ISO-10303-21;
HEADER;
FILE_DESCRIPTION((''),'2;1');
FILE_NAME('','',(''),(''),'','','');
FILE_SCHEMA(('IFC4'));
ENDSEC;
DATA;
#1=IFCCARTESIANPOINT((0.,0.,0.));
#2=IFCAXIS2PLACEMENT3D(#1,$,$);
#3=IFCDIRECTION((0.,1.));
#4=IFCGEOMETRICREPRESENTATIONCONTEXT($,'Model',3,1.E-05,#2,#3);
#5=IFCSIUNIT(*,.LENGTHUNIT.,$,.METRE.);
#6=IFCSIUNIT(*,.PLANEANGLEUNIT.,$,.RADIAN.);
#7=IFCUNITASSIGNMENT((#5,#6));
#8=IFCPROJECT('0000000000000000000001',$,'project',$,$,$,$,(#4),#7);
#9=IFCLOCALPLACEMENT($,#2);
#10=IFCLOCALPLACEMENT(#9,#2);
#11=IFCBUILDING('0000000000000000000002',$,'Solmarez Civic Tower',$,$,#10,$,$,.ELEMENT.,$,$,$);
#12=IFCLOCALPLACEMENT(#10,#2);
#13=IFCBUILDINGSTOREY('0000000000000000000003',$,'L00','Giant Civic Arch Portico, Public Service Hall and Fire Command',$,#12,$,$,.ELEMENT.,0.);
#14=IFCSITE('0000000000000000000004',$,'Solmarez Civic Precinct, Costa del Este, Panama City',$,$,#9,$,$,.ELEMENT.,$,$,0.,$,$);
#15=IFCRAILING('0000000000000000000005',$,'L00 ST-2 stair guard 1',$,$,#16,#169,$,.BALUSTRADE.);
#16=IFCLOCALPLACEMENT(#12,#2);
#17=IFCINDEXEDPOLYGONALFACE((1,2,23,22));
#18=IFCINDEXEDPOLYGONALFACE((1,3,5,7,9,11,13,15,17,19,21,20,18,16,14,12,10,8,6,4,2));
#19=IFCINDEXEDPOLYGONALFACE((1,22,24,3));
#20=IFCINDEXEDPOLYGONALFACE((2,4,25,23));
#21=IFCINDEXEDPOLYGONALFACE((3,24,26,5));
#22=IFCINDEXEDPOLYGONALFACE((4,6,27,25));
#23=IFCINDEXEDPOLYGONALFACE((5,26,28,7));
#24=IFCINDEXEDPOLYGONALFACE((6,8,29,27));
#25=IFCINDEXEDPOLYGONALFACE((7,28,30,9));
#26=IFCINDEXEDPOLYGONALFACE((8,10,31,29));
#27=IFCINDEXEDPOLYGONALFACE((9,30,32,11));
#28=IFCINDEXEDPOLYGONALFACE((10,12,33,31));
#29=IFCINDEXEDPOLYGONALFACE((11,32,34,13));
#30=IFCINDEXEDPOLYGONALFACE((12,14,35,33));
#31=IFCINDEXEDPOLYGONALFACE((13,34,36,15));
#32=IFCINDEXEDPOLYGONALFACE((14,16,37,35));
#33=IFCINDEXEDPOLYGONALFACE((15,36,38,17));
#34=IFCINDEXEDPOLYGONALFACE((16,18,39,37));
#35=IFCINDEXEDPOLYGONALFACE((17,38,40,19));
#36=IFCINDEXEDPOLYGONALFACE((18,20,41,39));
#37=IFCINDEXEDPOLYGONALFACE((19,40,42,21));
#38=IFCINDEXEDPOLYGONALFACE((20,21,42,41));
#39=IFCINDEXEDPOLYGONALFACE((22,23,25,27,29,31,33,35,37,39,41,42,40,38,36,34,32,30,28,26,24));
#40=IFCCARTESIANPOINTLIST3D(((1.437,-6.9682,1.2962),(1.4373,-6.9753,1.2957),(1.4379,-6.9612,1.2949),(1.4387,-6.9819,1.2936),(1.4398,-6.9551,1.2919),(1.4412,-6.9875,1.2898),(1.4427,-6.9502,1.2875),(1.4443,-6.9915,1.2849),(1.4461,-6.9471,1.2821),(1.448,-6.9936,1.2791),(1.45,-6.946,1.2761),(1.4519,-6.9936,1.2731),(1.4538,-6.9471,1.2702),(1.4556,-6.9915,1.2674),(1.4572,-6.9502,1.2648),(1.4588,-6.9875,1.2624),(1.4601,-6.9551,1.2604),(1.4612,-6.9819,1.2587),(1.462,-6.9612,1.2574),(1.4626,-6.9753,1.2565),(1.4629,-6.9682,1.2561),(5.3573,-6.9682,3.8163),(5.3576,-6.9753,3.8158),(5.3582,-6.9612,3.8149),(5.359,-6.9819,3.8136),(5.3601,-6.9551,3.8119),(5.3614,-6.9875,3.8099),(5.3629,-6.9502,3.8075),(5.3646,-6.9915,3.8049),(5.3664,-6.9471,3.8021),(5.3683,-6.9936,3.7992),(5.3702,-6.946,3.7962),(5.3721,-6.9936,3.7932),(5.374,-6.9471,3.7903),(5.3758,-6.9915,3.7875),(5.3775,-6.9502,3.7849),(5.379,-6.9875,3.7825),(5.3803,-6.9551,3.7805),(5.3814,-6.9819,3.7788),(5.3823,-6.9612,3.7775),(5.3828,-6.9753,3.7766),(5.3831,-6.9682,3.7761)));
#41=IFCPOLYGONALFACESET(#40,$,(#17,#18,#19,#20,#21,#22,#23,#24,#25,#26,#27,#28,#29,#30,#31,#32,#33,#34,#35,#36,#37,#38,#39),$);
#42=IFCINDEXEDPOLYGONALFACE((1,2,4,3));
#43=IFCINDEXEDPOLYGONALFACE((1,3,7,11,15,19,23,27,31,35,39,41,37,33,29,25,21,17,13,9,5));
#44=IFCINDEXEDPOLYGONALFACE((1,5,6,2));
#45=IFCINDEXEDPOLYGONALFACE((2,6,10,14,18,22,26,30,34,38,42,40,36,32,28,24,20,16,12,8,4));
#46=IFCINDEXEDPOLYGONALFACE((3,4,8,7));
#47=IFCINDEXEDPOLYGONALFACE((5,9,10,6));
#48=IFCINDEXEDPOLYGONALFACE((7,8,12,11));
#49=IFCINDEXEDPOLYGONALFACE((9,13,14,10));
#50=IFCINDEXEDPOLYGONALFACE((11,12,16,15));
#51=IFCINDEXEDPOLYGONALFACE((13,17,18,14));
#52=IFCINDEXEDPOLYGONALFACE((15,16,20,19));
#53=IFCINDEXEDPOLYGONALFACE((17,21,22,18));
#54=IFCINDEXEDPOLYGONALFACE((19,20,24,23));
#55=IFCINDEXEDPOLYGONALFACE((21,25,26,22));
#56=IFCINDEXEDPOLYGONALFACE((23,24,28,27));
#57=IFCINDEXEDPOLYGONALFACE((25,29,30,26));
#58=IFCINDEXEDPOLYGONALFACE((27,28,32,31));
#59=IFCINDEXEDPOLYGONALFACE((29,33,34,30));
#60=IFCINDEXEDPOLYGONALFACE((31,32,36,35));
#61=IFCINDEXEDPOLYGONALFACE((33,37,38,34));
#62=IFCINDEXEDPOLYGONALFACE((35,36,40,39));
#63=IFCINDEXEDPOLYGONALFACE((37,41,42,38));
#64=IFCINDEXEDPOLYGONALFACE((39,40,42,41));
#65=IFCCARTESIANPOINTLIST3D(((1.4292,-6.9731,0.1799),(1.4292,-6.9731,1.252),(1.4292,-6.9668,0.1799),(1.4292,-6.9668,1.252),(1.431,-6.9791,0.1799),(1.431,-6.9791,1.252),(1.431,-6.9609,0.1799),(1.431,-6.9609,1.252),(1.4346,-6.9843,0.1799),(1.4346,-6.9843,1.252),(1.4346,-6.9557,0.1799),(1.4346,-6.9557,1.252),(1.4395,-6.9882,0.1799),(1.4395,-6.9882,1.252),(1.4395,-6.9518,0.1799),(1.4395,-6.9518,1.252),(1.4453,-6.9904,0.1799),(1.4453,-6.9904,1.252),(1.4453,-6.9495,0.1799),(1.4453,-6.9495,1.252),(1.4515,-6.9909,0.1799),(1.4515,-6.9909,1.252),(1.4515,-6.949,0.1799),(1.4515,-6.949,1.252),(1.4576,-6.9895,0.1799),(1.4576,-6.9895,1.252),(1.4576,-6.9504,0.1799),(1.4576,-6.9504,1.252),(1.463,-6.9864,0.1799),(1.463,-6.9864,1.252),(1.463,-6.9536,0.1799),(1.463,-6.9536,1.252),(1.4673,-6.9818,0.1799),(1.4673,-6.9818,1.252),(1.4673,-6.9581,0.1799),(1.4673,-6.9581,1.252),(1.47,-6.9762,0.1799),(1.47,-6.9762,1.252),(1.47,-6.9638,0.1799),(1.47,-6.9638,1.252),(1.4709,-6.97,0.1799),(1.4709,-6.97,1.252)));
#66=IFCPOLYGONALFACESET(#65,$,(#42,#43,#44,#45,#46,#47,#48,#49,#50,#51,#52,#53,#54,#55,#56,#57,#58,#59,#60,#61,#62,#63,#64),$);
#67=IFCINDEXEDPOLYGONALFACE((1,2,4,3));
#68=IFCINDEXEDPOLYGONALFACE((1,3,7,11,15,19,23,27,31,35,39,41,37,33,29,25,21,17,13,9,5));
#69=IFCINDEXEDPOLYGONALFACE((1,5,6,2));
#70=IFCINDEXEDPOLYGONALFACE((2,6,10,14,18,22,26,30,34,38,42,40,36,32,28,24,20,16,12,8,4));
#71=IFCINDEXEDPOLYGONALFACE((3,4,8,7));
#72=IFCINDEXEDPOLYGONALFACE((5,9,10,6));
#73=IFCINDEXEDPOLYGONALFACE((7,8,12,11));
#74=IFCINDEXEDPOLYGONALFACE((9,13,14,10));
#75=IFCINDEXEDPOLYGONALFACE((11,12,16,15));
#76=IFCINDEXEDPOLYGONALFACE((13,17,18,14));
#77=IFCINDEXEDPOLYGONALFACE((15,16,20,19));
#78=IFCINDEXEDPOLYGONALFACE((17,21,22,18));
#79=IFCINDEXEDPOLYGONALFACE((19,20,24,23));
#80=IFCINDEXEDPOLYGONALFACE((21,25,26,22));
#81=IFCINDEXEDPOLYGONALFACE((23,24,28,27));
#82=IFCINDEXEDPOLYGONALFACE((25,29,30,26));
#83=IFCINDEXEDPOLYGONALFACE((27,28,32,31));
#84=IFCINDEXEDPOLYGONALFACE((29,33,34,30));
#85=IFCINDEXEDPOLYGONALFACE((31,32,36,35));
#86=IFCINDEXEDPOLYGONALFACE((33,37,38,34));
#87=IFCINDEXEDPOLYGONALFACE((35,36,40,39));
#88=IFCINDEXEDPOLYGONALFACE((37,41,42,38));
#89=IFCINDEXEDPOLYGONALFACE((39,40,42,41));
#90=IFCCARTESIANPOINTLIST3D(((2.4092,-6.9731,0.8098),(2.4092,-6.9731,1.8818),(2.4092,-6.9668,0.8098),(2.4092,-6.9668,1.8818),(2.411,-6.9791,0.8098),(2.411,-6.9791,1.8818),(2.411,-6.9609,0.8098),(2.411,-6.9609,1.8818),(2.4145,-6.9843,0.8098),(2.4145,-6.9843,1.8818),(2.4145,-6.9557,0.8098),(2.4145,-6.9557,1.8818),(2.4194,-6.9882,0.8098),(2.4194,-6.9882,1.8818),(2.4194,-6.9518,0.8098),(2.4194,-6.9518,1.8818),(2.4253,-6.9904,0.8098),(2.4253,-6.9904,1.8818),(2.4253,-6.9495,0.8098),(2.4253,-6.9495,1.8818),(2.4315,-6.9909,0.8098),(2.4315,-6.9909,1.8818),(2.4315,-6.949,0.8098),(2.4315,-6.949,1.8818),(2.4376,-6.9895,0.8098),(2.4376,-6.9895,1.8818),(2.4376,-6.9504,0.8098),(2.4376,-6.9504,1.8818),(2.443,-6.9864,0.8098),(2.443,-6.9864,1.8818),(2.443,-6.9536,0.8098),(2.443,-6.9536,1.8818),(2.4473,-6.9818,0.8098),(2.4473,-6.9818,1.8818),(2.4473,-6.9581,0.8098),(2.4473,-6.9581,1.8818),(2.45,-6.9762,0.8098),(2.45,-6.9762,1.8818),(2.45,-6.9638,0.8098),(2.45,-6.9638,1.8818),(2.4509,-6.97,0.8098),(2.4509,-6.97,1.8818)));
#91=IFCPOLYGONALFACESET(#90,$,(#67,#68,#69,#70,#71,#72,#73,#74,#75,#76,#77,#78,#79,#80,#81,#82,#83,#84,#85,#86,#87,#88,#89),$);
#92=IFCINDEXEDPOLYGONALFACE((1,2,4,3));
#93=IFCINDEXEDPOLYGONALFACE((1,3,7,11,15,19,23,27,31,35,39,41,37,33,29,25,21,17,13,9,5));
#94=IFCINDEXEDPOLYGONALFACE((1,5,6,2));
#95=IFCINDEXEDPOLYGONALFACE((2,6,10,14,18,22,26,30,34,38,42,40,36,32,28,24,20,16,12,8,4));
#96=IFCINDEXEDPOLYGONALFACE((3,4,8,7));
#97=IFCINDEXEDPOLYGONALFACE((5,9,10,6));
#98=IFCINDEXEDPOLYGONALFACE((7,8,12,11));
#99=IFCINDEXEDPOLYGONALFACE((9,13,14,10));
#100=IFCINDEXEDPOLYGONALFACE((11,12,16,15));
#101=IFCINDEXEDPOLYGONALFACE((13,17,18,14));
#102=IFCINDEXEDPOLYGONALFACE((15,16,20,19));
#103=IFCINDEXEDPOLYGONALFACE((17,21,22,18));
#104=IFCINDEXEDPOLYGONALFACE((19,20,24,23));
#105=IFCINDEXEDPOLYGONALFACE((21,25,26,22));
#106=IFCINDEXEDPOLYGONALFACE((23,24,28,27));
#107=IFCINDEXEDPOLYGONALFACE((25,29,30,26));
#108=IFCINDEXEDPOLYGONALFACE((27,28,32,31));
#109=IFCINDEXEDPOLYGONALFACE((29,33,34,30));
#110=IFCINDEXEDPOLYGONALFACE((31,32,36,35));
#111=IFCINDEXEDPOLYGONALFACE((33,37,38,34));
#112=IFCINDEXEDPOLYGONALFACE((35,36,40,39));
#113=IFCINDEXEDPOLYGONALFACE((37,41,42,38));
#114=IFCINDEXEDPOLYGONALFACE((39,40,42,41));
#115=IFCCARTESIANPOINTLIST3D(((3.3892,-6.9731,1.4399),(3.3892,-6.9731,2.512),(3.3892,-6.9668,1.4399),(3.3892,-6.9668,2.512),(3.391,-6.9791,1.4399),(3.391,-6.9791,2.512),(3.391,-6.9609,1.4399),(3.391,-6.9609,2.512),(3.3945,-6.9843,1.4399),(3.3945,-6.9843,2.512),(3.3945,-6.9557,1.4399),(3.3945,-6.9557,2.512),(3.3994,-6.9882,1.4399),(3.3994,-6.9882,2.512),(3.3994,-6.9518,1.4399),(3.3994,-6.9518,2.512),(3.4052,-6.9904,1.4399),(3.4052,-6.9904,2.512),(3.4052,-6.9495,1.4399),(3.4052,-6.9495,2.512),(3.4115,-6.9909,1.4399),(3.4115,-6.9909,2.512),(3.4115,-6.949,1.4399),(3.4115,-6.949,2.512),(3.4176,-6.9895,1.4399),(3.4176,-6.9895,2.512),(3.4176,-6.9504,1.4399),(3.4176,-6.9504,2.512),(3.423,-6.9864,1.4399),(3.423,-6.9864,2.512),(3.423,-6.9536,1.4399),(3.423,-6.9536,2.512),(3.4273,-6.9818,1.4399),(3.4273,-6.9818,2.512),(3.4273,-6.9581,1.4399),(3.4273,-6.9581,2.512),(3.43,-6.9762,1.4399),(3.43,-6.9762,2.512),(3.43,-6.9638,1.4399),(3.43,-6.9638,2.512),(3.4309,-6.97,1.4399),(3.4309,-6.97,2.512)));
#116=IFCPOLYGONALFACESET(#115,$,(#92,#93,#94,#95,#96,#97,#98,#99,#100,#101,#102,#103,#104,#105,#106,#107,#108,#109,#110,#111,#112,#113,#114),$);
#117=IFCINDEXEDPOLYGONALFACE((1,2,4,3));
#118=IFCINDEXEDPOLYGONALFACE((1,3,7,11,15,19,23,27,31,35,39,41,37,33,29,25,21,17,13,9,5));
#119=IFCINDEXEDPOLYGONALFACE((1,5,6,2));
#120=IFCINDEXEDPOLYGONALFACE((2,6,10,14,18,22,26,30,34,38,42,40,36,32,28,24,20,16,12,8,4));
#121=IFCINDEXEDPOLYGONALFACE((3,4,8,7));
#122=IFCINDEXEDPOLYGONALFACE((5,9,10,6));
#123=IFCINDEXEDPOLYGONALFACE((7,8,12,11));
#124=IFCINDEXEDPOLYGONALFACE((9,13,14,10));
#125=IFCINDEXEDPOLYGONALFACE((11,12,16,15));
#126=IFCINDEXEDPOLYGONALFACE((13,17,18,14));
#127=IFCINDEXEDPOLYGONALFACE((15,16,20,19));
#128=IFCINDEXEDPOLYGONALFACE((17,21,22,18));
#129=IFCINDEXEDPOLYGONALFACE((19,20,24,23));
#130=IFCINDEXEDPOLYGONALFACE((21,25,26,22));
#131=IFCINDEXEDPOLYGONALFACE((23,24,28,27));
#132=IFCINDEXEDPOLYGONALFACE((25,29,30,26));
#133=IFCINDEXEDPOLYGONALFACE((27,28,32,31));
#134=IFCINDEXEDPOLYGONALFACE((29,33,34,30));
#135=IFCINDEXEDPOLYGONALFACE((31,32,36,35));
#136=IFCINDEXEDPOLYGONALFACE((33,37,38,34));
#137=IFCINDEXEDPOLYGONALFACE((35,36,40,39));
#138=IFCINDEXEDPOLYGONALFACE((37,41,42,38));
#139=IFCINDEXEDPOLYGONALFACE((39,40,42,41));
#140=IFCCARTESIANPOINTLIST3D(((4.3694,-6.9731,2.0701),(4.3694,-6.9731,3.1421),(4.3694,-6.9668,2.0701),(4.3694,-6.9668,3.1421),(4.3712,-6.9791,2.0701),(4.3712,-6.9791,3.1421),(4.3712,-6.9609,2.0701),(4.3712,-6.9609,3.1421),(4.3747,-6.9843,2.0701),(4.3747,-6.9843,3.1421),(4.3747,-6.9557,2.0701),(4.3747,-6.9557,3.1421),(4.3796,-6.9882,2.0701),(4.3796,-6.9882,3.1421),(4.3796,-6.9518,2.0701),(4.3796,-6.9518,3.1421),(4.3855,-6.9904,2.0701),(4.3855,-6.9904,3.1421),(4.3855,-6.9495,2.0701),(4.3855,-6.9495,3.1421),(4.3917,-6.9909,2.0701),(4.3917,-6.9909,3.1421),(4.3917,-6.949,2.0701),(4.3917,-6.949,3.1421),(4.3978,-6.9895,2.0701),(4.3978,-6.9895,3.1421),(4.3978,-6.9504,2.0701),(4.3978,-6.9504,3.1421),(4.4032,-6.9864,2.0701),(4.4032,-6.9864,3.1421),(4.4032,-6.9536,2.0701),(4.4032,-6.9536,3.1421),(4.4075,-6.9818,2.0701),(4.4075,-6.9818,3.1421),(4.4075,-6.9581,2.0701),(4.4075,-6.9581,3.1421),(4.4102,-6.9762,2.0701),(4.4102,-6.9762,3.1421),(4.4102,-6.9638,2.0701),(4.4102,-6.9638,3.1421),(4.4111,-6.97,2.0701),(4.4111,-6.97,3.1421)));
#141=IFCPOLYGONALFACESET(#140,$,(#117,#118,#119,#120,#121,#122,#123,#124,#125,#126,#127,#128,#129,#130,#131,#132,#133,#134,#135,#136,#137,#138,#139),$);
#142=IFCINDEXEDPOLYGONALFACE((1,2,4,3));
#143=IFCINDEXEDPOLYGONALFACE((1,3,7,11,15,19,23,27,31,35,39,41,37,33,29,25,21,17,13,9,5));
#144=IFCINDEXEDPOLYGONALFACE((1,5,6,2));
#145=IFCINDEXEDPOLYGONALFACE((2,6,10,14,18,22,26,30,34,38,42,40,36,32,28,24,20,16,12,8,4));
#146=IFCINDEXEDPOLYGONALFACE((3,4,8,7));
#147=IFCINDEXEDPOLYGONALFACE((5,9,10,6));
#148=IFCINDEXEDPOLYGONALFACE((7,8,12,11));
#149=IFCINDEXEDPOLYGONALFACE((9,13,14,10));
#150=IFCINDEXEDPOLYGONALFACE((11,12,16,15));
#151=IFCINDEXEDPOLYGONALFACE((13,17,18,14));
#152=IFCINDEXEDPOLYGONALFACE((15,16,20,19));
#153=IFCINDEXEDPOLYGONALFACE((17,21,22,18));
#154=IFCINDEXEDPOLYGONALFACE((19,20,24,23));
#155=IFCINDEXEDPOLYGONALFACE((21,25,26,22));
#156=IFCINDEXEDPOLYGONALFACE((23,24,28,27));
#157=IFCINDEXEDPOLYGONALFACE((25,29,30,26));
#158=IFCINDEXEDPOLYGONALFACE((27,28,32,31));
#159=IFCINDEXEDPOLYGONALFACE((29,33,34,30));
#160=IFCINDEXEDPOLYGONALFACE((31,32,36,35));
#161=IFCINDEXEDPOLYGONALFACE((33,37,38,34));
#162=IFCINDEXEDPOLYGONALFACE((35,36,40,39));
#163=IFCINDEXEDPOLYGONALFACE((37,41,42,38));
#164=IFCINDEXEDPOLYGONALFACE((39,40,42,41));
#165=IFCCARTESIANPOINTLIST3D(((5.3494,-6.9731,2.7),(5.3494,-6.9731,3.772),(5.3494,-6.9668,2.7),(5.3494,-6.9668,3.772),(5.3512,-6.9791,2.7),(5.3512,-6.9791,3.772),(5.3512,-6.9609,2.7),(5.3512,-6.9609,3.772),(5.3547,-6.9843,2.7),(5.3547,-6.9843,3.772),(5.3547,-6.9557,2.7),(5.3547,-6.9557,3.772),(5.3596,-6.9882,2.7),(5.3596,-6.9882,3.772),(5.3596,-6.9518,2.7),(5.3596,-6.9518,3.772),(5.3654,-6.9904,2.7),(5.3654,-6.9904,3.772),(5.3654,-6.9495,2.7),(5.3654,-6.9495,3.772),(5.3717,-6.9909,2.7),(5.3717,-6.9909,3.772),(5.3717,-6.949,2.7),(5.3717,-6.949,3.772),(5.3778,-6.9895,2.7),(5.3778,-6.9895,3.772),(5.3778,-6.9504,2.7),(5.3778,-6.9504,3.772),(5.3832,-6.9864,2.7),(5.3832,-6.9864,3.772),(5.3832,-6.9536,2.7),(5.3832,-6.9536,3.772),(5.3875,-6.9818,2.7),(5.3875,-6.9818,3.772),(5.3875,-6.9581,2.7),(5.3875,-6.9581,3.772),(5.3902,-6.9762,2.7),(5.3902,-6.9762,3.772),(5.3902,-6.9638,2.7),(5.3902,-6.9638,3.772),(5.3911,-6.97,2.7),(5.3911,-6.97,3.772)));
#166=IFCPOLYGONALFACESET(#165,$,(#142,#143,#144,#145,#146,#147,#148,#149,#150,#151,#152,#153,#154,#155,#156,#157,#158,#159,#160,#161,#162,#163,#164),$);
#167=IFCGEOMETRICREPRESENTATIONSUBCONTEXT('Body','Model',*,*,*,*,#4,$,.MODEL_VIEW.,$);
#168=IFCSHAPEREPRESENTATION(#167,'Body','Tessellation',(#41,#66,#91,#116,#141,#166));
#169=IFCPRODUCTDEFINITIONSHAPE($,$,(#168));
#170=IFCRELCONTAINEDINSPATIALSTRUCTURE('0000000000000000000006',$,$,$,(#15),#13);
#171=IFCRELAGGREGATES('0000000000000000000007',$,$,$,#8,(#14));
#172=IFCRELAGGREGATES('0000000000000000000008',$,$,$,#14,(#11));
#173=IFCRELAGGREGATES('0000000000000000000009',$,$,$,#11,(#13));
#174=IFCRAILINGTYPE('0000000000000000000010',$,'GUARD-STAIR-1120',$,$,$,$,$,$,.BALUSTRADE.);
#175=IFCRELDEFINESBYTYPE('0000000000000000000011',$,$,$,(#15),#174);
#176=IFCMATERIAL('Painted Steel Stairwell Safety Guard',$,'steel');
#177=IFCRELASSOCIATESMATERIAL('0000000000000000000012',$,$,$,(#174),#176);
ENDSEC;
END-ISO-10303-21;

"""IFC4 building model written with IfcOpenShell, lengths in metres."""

from ifc_helpers import new_model, si_unit, direction, frame, origin, origin_2d, place, context, subcontext, project, spatial, circle, extrude, material, type_object, element, save


model = new_model("IFC4")

# Units and contexts
model_context = context("Model", 3, precision=1e-05, world=origin(), true_north=direction((0.0, 1.0)))
body_context = subcontext(model_context, "Body", "Model", "MODEL_VIEW")
ifc_project = project(units=[si_unit("LENGTHUNIT", "METRE"), si_unit("PLANEANGLEUNIT", "RADIAN")], contexts=[model_context])

# Site, building, storey
site_placement = place(None, origin())
site = spatial("IfcSite", under=ifc_project, at=site_placement, Name="Solmarez Civic Precinct, Costa del Este, Panama City", CompositionType="ELEMENT", RefElevation=0.0)
building_placement = place(site_placement, origin())
building = spatial("IfcBuilding", under=site, at=building_placement, Name="Solmarez Civic Tower", CompositionType="ELEMENT")
storey_placement = place(building_placement, origin())
storey = spatial("IfcBuildingStorey", under=building, at=storey_placement, Name="L00", Description="Giant Civic Arch Portico, Public Service Hall and Fire Command", CompositionType="ELEMENT", Elevation=0.0)

# Railing
ifc_material_1 = material(Name="Painted Steel Stairwell Safety Guard", Category="steel")
railing_type_1 = type_object("IfcRailingType", Name="GUARD-STAIR-1120", PredefinedType="BALUSTRADE", material=ifc_material_1)
railing_1_placement = place(storey_placement, frame((1.45, -6.97, 0.1799)))
element("IfcRailing", 1, at=railing_1_placement, inside=storey, type_object=railing_type_1, Name="L00 ST-2 stair guard 1", PredefinedType="BALUSTRADE", context=body_context, shape_type="SweptSolid", body=[
    extrude(circle(Radius=0.0239, at=origin_2d()), frame((0.0, 0.0, 1.0962), z_axis=(0.841187, 0.0, 0.540744), x_axis=(0.0, 1.0, 0.0)), (0.0, 0.0, 1.0), 4.6604),
    extrude(circle(Radius=0.021, at=origin_2d()), origin(), (0.0, 0.0, 1.0), 1.072),
    extrude(circle(Radius=0.021, at=origin_2d()), frame((0.98, 0.0, 0.6299)), (0.0, 0.0, 1.0), 1.072),
    extrude(circle(Radius=0.021, at=origin_2d()), frame((1.96, 0.0, 1.26)), (0.0, 0.0, 1.0), 1.072),
    extrude(circle(Radius=0.021, at=origin_2d()), frame((2.9402, 0.0, 1.8901)), (0.0, 0.0, 1.0), 1.072),
    extrude(circle(Radius=0.021, at=origin_2d()), frame((3.9202, 0.0, 2.52)), (0.0, 0.0, 1.0), 1.072),
])

save(model, "model.ifc")
